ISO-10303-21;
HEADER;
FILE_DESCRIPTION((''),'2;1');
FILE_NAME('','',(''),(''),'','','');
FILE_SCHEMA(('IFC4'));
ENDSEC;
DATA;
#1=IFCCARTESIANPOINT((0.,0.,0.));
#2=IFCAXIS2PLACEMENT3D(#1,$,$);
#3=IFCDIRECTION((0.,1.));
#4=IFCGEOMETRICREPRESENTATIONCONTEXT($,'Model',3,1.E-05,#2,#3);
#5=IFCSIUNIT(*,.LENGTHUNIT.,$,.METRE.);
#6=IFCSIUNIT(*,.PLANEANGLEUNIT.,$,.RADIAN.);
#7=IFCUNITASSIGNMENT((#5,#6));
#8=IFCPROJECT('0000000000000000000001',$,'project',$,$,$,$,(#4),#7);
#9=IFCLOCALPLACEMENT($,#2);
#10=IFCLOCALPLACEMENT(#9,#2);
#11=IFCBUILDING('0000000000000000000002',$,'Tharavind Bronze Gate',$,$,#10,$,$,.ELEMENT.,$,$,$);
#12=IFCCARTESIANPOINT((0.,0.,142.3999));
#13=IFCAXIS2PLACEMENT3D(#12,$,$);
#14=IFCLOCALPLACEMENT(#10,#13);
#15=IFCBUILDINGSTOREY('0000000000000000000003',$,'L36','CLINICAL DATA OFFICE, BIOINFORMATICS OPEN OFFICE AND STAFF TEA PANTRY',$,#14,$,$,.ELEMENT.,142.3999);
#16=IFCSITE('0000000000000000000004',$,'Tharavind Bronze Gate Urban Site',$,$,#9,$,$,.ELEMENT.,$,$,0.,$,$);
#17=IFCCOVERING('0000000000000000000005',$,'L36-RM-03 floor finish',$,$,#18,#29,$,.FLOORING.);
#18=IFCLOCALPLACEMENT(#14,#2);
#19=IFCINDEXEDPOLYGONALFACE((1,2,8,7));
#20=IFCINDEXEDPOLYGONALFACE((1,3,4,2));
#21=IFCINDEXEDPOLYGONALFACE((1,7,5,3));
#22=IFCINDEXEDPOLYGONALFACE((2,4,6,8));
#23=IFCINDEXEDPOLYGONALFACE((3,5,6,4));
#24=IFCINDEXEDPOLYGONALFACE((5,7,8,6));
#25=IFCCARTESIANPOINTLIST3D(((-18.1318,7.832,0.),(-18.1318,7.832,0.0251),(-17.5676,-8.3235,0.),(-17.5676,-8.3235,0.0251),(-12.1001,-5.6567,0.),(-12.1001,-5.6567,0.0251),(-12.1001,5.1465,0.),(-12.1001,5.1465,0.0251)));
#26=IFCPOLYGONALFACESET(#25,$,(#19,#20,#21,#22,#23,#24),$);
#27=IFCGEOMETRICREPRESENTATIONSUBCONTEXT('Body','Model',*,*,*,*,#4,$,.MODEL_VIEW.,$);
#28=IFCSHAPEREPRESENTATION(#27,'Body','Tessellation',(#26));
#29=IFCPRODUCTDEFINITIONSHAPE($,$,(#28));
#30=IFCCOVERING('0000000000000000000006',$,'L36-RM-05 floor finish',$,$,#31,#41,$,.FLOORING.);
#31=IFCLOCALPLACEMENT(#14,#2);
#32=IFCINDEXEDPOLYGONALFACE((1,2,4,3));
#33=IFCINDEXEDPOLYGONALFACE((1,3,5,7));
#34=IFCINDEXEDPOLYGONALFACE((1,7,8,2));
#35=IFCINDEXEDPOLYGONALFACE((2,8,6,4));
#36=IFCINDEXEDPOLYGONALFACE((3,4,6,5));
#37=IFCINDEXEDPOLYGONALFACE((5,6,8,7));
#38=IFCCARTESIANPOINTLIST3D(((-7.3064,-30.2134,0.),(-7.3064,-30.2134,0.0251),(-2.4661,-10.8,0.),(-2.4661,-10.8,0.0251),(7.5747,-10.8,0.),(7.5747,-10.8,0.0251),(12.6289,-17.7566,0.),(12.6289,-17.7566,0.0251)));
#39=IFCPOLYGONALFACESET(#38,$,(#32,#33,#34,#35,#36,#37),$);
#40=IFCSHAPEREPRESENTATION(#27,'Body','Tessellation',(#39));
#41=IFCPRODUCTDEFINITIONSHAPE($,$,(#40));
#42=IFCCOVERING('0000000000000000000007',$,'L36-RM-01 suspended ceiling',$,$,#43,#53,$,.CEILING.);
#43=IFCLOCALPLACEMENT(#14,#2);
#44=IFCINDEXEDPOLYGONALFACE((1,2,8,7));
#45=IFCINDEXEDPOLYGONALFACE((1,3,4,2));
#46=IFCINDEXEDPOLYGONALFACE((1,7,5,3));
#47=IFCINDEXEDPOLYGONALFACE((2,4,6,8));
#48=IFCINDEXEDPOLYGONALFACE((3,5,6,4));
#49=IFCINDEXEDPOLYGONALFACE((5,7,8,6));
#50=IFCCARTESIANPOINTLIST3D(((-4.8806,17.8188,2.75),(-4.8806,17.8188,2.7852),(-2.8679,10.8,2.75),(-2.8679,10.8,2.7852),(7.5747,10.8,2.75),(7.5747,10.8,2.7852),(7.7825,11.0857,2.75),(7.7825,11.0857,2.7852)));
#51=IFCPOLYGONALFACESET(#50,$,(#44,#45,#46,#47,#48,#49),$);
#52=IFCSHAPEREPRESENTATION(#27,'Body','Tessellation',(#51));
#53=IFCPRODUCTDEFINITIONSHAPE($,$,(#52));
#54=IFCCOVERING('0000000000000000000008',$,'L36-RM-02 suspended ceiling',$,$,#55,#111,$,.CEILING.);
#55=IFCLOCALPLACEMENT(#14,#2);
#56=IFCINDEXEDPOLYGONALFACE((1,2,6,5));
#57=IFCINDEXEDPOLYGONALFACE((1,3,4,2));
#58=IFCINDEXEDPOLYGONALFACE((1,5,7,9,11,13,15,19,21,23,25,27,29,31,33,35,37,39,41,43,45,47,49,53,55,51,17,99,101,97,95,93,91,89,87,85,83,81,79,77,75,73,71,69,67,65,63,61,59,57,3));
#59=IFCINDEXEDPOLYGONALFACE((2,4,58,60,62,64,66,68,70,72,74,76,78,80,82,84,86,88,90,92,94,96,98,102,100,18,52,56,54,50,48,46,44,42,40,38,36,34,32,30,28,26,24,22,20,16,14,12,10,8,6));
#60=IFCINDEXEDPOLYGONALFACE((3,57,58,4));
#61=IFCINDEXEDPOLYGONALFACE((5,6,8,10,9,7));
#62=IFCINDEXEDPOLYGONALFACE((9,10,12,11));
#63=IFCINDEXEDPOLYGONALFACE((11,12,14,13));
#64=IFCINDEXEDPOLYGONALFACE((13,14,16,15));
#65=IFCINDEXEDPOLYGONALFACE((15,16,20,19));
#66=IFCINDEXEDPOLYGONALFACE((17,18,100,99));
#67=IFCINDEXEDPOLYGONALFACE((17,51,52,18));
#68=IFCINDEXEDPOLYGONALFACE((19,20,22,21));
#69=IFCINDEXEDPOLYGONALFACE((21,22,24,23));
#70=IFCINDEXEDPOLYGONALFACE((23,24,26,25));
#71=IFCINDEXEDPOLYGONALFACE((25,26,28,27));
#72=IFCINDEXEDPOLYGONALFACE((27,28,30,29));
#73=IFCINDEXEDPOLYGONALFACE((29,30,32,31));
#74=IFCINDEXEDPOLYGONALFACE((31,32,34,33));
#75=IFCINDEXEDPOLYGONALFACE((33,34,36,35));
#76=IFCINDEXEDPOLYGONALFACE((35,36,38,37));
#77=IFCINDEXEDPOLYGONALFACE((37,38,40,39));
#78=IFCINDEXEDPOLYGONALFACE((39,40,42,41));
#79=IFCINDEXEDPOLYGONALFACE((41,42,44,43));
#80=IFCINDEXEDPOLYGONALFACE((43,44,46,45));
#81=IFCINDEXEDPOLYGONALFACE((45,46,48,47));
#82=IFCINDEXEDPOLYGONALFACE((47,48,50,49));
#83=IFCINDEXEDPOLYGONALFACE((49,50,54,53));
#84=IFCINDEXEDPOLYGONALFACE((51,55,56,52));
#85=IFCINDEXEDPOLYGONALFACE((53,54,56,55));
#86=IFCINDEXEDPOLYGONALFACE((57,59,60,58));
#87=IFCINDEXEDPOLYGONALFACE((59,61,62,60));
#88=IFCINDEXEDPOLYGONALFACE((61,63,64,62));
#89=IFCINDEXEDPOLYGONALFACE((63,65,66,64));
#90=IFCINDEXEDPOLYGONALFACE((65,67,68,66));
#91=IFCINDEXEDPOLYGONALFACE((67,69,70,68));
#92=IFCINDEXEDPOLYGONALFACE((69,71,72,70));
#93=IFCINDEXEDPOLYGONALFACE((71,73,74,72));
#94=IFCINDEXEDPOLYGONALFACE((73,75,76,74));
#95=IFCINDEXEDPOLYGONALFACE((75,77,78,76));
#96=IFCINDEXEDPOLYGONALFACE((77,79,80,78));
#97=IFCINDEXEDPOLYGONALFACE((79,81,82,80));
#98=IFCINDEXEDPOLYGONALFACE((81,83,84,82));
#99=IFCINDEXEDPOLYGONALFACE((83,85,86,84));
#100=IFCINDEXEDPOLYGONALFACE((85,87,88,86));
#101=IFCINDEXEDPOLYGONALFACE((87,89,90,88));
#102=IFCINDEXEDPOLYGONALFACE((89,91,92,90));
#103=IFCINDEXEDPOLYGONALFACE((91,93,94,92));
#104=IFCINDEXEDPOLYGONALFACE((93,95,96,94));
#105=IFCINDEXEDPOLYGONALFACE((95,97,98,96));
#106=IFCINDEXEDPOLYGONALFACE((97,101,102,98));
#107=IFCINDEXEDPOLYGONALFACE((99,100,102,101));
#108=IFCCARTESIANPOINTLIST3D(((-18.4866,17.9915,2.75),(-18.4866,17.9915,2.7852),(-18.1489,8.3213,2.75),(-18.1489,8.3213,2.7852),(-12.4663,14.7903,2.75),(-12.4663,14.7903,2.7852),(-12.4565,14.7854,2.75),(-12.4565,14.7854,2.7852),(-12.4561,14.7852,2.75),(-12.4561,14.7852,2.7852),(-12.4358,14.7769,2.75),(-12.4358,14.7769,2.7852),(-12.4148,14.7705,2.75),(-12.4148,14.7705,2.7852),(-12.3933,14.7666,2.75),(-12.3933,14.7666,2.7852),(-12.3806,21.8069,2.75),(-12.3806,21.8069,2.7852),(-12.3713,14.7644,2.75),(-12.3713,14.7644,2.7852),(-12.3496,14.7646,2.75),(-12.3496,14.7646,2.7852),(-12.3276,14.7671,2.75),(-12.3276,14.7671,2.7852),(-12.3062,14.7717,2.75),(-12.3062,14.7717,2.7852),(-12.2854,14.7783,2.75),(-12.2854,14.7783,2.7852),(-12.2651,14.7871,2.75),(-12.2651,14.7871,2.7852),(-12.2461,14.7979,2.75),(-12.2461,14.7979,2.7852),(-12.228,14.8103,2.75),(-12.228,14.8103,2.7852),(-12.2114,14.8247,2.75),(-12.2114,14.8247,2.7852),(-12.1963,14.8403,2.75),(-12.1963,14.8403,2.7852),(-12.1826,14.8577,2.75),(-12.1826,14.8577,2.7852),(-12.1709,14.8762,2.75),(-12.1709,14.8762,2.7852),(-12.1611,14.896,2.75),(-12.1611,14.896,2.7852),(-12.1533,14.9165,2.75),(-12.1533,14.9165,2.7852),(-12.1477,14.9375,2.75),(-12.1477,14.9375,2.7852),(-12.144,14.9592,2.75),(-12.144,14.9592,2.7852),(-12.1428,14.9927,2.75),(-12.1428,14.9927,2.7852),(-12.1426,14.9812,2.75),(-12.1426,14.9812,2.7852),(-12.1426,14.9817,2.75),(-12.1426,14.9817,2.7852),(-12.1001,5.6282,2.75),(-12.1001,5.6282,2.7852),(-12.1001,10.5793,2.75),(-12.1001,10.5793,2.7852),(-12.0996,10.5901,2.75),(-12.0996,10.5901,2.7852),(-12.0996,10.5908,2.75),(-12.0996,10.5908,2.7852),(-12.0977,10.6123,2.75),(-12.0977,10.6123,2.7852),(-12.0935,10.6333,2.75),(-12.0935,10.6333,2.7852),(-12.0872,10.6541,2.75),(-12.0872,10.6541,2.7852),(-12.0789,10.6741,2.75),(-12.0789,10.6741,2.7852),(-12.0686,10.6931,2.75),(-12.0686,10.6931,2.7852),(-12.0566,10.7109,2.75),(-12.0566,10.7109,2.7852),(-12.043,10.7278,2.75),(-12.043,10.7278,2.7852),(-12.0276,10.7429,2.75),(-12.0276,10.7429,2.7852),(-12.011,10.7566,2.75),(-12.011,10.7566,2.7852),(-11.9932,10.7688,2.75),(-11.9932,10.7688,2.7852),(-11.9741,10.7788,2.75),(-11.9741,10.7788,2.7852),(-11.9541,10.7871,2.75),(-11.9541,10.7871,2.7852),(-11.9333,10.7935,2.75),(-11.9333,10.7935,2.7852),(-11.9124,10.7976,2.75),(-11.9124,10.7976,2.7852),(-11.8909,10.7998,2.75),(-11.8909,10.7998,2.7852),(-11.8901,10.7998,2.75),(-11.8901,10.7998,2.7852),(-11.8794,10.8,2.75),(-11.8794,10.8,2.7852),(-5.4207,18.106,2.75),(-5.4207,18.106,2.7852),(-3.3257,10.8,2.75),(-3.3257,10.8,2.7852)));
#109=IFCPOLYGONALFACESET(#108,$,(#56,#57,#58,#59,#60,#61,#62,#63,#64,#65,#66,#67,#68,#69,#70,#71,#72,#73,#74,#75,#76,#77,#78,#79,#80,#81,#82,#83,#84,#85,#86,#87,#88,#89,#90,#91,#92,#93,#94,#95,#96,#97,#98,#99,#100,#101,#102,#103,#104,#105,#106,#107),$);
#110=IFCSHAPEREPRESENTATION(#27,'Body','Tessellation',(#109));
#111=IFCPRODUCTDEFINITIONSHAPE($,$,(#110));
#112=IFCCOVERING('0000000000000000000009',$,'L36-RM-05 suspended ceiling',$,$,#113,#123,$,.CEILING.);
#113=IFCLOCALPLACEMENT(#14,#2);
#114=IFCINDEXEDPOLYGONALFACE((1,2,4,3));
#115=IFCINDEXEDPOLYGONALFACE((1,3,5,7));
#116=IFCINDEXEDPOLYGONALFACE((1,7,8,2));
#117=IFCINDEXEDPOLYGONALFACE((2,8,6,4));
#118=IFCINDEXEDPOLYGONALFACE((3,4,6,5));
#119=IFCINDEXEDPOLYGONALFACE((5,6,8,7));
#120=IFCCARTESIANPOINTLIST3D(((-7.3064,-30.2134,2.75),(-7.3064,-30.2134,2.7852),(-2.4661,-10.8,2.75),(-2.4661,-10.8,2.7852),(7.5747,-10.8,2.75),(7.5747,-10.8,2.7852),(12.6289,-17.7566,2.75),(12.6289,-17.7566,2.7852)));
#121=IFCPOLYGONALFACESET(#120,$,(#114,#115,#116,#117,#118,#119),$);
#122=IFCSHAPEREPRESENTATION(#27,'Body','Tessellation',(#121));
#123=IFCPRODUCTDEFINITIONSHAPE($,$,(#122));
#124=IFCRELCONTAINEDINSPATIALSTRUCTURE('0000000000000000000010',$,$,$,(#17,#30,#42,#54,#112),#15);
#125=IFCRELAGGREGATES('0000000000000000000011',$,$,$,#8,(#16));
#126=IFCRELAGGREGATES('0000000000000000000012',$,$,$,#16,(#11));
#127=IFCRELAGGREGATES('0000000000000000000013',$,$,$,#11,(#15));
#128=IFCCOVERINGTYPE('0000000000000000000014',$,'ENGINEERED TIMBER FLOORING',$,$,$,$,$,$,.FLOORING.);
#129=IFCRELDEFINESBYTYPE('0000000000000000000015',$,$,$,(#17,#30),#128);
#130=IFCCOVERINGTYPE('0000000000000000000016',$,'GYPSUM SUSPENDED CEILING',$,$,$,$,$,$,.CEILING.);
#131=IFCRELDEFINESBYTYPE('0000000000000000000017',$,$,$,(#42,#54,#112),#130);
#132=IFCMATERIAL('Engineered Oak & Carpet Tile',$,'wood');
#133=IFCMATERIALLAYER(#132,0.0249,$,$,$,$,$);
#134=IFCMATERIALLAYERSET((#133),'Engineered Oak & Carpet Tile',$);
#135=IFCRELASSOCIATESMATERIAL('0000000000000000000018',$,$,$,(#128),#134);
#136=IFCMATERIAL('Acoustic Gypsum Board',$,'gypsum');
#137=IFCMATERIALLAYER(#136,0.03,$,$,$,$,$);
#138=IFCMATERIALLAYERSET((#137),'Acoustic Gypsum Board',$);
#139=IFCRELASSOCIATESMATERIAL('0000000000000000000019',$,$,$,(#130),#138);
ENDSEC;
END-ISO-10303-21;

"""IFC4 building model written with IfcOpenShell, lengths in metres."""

from ifc_helpers import new_model, si_unit, direction, frame, origin, place, context, subcontext, project, spatial, polyline, outline, extrude, material, layer, layer_set, type_object, element, save


model = new_model("IFC4")

# Units and contexts
model_context = context("Model", 3, precision=1e-05, world=origin(), true_north=direction((0.0, 1.0)))
body_context = subcontext(model_context, "Body", "Model", "MODEL_VIEW")
ifc_project = project(units=[si_unit("LENGTHUNIT", "METRE"), si_unit("PLANEANGLEUNIT", "RADIAN")], contexts=[model_context])

# Site, building, storey
site_placement = place(None, origin())
site = spatial("IfcSite", under=ifc_project, at=site_placement, Name="Tharavind Bronze Gate Urban Site", CompositionType="ELEMENT", RefElevation=0.0)
building_placement = place(site_placement, origin())
building = spatial("IfcBuilding", under=site, at=building_placement, Name="Tharavind Bronze Gate", CompositionType="ELEMENT")
storey_placement = place(building_placement, frame((0.0, 0.0, 142.3999)))
storey = spatial("IfcBuildingStorey", under=building, at=storey_placement, Name="L36", Description="CLINICAL DATA OFFICE, BIOINFORMATICS OPEN OFFICE AND STAFF TEA PANTRY", CompositionType="ELEMENT", Elevation=142.3999)

# Coverings
ifc_material_1 = material(Name="Engineered Oak & Carpet Tile", Category="wood")
ifc_layer_1 = layer(ifc_material_1, 0.0249)
ifc_layer_set_1 = layer_set([ifc_layer_1], Name="Engineered Oak & Carpet Tile")
covering_type_1 = type_object("IfcCoveringType", Name="ENGINEERED TIMBER FLOORING", PredefinedType="FLOORING", material=ifc_layer_set_1)
covering_1_placement = place(storey_placement, origin())
element("IfcCovering", 1, at=covering_1_placement, inside=storey, type_object=covering_type_1, Name="L36-RM-03 floor finish", PredefinedType="FLOORING", context=body_context, shape_type="SweptSolid", body=[
    extrude(outline(polyline([(-17.5676, -8.3235), (-12.1001, -5.6567), (-12.1001, 5.1465), (-18.1318, 7.832), (-17.5676, -8.3235)])), origin(), (0.0, 0.0, 1.0), 0.0251),
])
covering_2_placement = place(storey_placement, origin())
element("IfcCovering", 2, at=covering_2_placement, inside=storey, type_object=covering_type_1, Name="L36-RM-05 floor finish", PredefinedType="FLOORING", context=body_context, shape_type="SweptSolid", body=[
    extrude(outline(polyline([(12.6289, -17.7566), (7.5747, -10.8), (-2.4661, -10.8), (-7.3064, -30.2134), (12.6289, -17.7566)])), origin(), (0.0, 0.0, 1.0), 0.0251),
])
ifc_material_2 = material(Name="Acoustic Gypsum Board", Category="gypsum")
ifc_layer_2 = layer(ifc_material_2, 0.03)
ifc_layer_set_2 = layer_set([ifc_layer_2], Name="Acoustic Gypsum Board")
covering_type_2 = type_object("IfcCoveringType", Name="GYPSUM SUSPENDED CEILING", PredefinedType="CEILING", material=ifc_layer_set_2)
covering_3_placement = place(storey_placement, frame((0.0, 0.0, 2.75)))
element("IfcCovering", 3, at=covering_3_placement, inside=storey, type_object=covering_type_2, Name="L36-RM-01 suspended ceiling", PredefinedType="CEILING", context=body_context, shape_type="SweptSolid", body=[
    extrude(outline(polyline([(-2.8679, 10.8), (7.5747, 10.8), (7.7825, 11.0857), (-4.8806, 17.8188), (-2.8679, 10.8)])), origin(), (0.0, 0.0, 1.0), 0.0352),
])
covering_4_placement = place(storey_placement, frame((0.0, 0.0, 2.75)))
element("IfcCovering", 4, at=covering_4_placement, inside=storey, type_object=covering_type_2, Name="L36-RM-02 suspended ceiling", PredefinedType="CEILING", context=body_context, shape_type="SweptSolid", body=[
    extrude(outline(polyline([(-18.1489, 8.3213), (-12.1001, 5.6282), (-12.1001, 10.5793), (-12.0996, 10.5901), (-12.0996, 10.5908), (-12.0977, 10.6123), (-12.0935, 10.6333), (-12.0872, 10.6541), (-12.0789, 10.6741), (-12.0686, 10.6931), (-12.0566, 10.7109), (-12.043, 10.7278), (-12.0276, 10.7429), (-12.011, 10.7566), (-11.9932, 10.7688), (-11.9741, 10.7788), (-11.9541, 10.7871), (-11.9333, 10.7935), (-11.9124, 10.7976), (-11.8909, 10.7998), (-11.8901, 10.7998), (-11.8794, 10.8), (-3.3257, 10.8), (-5.4207, 18.106), (-12.3806, 21.8069), (-12.1428, 14.9927), (-12.1426, 14.9817), (-12.1426, 14.9812), (-12.144, 14.9592), (-12.1477, 14.9375), (-12.1533, 14.9165), (-12.1611, 14.896), (-12.1709, 14.8762), (-12.1826, 14.8577), (-12.1963, 14.8403), (-12.2114, 14.8247), (-12.228, 14.8103), (-12.2461, 14.7979), (-12.2651, 14.7871), (-12.2854, 14.7783), (-12.3062, 14.7717), (-12.3276, 14.7671), (-12.3496, 14.7646), (-12.3713, 14.7644), (-12.3933, 14.7666), (-12.4148, 14.7705), (-12.4358, 14.7769), (-12.4561, 14.7852), (-12.4565, 14.7854), (-12.4663, 14.7903), (-18.4866, 17.9915), (-18.1489, 8.3213)])), origin(), (0.0, 0.0, 1.0), 0.0352),
])
covering_5_placement = place(storey_placement, frame((0.0, 0.0, 2.75)))
element("IfcCovering", 5, at=covering_5_placement, inside=storey, type_object=covering_type_2, Name="L36-RM-05 suspended ceiling", PredefinedType="CEILING", context=body_context, shape_type="SweptSolid", body=[
    extrude(outline(polyline([(12.6289, -17.7566), (7.5747, -10.8), (-2.4661, -10.8), (-7.3064, -30.2134), (12.6289, -17.7566)])), origin(), (0.0, 0.0, 1.0), 0.0352),
])

save(model, "model.ifc")
